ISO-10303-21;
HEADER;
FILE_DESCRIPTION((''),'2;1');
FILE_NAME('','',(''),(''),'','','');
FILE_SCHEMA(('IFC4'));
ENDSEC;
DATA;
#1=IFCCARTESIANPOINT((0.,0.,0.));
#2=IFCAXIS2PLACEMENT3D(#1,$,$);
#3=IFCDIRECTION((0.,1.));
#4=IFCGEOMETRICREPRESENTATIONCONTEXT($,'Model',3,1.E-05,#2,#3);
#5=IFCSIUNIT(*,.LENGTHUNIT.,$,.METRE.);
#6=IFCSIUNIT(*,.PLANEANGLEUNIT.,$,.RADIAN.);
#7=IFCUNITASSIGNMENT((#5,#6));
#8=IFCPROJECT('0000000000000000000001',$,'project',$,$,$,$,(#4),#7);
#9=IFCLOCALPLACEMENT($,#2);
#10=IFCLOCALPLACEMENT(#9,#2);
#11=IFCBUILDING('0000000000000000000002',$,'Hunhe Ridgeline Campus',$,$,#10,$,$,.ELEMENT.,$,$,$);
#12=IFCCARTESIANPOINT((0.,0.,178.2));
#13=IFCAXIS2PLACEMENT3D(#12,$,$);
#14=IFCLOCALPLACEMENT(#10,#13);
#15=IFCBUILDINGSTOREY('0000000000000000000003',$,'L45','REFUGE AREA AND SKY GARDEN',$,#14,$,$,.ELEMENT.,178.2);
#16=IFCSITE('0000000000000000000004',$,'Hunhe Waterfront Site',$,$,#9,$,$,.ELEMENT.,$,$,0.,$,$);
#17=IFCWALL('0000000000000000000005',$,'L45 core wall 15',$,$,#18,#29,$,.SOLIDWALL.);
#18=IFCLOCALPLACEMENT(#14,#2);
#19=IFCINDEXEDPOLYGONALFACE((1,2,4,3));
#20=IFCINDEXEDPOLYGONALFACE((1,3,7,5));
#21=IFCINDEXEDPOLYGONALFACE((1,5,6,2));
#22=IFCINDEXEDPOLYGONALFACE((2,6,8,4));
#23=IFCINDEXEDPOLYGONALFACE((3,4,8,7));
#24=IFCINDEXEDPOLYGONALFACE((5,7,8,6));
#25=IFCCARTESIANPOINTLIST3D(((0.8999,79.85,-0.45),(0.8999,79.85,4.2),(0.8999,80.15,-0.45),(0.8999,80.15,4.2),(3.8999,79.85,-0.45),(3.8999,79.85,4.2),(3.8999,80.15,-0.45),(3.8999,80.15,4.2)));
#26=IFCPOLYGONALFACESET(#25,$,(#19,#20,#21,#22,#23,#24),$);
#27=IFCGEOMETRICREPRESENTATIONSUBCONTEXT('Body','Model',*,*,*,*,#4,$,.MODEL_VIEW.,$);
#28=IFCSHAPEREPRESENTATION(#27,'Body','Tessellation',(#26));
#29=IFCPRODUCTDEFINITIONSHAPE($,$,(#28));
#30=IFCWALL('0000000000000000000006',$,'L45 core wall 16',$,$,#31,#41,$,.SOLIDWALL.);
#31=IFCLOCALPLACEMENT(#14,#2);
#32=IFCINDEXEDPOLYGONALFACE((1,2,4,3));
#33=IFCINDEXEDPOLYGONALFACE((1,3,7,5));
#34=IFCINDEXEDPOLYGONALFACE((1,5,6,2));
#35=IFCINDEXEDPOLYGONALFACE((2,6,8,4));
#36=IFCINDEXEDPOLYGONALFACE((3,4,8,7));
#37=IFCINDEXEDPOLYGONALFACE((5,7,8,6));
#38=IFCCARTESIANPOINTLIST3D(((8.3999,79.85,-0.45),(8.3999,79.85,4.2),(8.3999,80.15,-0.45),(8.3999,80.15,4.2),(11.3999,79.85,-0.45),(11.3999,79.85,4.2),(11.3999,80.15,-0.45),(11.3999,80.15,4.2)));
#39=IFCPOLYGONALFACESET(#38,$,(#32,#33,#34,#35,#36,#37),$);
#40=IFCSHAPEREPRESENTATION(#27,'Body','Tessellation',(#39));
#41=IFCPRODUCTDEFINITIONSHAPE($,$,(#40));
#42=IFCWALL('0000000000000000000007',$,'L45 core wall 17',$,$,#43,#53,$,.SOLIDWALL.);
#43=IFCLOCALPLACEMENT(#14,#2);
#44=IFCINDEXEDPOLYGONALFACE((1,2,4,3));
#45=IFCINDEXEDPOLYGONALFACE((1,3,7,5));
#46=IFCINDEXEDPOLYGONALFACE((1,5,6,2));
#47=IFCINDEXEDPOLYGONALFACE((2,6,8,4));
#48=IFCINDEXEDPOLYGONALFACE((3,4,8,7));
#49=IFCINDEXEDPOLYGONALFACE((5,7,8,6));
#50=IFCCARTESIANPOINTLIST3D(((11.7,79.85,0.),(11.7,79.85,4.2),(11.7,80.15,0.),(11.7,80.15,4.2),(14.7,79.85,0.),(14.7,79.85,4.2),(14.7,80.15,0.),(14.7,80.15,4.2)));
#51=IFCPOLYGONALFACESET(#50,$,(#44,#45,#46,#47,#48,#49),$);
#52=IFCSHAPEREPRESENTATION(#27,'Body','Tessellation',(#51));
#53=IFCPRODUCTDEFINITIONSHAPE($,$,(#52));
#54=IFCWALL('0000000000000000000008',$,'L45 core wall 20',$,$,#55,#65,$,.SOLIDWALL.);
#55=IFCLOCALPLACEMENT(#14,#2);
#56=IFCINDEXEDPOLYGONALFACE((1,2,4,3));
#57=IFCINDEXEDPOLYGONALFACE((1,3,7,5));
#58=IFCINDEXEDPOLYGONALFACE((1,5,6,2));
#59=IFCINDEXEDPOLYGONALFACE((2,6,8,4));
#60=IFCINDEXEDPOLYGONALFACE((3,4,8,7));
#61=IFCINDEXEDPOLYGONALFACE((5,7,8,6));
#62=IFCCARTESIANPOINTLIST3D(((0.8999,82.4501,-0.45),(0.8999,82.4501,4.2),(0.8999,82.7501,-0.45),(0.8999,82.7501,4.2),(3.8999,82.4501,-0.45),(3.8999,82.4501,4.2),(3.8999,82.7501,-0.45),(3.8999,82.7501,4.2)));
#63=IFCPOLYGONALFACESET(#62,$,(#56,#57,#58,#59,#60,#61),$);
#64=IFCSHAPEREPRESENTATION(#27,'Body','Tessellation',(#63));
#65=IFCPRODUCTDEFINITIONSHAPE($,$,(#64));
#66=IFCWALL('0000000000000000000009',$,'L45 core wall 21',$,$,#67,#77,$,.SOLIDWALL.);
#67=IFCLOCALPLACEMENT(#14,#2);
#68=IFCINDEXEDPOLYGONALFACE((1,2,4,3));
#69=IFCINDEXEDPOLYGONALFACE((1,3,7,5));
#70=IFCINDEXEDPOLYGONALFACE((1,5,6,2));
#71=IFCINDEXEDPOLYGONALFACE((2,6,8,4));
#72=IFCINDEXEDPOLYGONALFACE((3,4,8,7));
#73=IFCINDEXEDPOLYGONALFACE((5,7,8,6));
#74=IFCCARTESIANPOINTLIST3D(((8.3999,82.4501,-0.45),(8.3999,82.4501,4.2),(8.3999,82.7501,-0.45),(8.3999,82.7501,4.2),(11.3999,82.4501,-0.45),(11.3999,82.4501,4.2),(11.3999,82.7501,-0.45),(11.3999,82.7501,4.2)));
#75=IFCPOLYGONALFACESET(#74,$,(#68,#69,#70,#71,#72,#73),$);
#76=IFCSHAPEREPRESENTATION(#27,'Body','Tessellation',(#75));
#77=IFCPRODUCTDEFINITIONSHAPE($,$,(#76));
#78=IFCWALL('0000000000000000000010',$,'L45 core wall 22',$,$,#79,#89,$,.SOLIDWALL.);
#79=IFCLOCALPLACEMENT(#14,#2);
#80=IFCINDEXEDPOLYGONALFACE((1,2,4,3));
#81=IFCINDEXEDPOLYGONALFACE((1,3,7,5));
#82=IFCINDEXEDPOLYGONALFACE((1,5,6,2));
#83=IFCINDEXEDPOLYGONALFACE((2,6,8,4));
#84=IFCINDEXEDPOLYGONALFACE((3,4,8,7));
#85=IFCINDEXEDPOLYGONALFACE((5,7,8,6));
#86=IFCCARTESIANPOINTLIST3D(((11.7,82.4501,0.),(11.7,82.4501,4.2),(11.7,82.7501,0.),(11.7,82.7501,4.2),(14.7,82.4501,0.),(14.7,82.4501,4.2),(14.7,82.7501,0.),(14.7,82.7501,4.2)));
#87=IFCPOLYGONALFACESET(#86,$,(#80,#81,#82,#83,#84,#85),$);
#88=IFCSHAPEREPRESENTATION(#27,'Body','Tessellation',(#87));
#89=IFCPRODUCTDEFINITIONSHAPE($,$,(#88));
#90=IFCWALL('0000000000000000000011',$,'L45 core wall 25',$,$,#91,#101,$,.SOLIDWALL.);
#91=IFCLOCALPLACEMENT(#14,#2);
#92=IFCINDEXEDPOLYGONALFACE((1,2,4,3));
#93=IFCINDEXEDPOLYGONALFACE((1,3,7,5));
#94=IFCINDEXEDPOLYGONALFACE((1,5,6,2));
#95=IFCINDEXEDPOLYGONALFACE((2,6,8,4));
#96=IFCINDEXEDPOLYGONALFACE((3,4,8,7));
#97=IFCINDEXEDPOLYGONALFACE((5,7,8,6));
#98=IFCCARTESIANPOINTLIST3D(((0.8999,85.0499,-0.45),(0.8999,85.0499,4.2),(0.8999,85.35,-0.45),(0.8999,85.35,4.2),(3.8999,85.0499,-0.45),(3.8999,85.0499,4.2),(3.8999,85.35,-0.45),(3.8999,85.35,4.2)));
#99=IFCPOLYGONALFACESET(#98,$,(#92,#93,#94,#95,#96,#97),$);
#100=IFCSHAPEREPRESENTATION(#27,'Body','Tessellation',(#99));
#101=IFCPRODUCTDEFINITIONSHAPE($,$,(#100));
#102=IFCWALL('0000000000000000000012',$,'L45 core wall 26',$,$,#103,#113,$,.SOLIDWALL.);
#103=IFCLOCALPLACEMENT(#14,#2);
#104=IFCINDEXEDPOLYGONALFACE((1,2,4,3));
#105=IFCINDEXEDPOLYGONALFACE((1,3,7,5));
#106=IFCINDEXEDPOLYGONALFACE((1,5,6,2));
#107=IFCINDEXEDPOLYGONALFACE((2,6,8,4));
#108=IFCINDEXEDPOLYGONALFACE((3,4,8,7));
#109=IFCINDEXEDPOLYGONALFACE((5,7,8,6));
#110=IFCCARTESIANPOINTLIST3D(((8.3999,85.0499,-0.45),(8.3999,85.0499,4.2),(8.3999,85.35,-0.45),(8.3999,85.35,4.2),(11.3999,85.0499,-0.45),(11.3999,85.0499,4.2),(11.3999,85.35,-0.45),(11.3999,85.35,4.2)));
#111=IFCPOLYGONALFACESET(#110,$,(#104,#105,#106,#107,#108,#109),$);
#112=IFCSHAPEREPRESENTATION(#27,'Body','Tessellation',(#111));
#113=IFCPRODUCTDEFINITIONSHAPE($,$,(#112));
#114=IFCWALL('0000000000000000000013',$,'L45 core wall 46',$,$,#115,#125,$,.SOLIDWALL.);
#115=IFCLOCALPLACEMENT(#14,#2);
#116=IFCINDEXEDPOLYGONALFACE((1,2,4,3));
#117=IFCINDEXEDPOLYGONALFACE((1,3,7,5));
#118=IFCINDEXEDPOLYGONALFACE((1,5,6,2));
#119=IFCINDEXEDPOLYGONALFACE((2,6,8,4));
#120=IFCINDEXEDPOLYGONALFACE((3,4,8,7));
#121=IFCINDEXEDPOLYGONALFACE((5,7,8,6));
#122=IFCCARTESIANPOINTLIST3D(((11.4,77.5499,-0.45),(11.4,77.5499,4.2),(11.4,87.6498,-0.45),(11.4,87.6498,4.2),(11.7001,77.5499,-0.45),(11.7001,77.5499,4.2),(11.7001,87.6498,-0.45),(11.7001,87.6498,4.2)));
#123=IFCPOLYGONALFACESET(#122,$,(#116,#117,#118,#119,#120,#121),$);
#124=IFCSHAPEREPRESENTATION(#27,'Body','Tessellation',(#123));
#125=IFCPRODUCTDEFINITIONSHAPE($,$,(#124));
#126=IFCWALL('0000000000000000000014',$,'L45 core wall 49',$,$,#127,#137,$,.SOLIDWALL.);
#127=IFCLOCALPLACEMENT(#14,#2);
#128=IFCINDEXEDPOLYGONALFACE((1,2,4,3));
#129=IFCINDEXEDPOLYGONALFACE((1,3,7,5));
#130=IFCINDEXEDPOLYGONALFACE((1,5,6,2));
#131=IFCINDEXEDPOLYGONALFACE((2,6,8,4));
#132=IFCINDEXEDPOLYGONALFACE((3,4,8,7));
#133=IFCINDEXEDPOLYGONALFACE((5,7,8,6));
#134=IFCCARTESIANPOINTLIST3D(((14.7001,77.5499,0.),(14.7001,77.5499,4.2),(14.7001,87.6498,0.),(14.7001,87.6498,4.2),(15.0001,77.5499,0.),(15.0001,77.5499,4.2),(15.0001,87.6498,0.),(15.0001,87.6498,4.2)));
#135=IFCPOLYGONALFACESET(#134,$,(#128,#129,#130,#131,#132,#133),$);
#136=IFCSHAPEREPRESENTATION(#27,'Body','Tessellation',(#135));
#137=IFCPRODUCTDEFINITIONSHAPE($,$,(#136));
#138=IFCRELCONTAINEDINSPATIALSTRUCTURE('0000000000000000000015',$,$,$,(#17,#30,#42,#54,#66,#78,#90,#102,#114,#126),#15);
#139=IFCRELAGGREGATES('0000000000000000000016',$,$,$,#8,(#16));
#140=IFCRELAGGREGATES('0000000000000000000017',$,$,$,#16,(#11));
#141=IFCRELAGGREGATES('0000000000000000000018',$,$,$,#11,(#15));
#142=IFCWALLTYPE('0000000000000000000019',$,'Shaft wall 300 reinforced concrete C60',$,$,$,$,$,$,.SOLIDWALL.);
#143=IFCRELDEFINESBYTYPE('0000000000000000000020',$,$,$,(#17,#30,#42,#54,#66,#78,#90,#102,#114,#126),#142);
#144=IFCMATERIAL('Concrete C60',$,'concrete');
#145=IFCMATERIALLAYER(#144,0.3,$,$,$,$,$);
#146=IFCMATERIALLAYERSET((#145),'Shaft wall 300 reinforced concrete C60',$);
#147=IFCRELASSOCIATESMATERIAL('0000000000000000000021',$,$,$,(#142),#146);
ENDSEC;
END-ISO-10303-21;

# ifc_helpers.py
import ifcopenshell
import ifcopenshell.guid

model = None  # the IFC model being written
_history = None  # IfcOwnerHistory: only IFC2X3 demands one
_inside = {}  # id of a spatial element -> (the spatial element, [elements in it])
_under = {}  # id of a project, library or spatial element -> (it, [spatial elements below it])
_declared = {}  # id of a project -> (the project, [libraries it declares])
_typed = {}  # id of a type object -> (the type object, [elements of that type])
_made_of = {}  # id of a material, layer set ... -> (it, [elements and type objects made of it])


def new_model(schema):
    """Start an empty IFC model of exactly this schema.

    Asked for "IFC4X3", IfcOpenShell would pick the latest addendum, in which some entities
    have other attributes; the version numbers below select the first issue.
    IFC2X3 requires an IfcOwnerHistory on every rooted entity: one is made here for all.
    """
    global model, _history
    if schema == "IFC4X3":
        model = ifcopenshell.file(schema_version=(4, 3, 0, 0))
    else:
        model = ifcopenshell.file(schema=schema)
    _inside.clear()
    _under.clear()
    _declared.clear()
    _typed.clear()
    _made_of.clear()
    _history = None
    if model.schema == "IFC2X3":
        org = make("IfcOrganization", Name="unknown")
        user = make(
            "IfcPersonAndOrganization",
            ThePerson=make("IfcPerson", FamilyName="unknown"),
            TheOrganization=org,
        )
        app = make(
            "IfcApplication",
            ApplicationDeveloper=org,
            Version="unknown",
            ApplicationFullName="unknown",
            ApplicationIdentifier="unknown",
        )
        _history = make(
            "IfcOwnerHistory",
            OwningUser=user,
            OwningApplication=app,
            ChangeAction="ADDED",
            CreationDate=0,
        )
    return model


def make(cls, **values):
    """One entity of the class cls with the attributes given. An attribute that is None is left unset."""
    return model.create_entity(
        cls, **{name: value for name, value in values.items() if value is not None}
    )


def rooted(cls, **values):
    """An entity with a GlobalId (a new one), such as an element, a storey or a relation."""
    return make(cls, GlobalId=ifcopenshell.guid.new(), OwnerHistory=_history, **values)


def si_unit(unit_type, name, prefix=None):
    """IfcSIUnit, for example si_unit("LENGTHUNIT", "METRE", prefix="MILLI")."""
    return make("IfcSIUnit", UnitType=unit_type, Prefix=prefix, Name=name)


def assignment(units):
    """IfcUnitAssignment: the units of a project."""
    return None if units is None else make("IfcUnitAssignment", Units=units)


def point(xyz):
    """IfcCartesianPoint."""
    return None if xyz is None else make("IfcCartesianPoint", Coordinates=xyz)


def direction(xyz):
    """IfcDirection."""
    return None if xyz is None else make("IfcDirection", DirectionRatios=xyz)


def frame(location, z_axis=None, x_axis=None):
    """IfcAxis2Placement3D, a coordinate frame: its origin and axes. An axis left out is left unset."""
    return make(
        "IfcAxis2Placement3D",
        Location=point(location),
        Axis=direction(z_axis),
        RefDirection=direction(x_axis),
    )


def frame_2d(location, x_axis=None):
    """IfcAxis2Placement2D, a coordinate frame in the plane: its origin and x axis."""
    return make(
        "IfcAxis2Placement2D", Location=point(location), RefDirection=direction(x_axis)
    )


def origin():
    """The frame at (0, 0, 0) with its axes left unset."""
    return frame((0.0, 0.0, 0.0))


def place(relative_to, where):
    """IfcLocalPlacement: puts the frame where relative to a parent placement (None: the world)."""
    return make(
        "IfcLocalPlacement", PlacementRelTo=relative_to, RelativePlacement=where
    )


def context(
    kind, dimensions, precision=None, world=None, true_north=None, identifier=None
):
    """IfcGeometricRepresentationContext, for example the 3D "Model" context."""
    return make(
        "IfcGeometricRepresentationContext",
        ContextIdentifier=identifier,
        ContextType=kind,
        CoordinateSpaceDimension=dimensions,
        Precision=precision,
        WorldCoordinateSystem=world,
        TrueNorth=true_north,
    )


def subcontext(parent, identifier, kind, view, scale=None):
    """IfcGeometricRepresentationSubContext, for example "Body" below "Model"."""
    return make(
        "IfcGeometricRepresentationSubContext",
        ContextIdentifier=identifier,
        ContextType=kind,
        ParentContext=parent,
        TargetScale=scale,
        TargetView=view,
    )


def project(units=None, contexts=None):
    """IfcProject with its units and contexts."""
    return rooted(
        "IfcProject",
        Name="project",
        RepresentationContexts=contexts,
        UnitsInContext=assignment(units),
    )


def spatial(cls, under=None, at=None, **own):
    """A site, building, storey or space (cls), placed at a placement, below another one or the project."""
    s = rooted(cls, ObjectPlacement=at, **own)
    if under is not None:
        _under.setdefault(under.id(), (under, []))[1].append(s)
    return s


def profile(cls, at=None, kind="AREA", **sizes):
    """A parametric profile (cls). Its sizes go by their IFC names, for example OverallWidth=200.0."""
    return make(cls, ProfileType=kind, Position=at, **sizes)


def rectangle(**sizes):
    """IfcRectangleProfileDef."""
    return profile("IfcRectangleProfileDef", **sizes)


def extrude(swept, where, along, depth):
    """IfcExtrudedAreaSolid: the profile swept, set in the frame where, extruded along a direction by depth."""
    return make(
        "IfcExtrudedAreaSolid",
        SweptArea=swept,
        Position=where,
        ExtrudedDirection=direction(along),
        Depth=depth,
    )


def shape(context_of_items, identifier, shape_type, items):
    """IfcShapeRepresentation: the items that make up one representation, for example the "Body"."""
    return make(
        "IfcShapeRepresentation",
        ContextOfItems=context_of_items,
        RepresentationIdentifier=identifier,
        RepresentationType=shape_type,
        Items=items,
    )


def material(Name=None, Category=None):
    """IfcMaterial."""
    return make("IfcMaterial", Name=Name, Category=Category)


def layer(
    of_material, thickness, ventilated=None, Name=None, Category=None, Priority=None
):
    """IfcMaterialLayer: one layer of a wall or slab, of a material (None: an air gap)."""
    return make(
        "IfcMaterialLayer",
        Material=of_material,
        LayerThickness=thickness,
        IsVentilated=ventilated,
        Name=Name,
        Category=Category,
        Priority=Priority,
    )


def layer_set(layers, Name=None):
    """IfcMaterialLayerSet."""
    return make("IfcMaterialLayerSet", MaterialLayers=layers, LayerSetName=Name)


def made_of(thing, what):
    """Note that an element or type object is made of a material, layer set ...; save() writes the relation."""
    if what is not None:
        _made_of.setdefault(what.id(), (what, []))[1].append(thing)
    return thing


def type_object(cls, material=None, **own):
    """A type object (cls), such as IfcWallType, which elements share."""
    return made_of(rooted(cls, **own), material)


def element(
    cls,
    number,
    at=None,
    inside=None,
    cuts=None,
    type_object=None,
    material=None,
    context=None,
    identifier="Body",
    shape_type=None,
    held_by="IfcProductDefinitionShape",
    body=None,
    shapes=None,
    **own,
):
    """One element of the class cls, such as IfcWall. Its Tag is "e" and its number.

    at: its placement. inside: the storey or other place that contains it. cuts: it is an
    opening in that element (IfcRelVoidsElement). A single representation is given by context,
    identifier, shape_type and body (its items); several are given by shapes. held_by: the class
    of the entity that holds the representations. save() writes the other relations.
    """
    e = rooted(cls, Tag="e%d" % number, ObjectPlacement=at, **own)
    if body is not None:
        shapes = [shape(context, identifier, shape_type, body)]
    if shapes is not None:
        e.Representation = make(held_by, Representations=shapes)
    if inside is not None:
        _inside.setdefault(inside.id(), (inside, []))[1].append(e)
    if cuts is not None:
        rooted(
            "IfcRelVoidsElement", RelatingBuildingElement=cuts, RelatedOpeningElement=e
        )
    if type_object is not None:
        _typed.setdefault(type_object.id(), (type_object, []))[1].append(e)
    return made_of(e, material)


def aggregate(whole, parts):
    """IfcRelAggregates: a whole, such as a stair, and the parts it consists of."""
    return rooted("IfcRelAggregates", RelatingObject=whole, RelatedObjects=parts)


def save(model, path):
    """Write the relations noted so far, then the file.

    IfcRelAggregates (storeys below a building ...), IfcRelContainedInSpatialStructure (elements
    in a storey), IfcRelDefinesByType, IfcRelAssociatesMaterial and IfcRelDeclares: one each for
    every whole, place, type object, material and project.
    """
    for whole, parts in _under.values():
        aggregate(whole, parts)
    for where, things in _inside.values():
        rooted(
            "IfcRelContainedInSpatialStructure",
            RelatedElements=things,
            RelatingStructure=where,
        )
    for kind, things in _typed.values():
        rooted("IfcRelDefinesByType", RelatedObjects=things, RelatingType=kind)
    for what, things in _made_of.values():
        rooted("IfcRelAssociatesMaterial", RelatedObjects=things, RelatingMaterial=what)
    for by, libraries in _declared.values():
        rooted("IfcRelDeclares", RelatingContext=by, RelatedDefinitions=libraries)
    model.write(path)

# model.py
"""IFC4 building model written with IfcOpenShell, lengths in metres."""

from ifc_helpers import new_model, si_unit, direction, frame, frame_2d, origin, place, context, subcontext, project, spatial, rectangle, extrude, material, layer, layer_set, type_object, element, save


model = new_model("IFC4")

# Units and contexts
model_context = context("Model", 3, precision=1e-05, world=origin(), true_north=direction((0.0, 1.0)))
body_context = subcontext(model_context, "Body", "Model", "MODEL_VIEW")
ifc_project = project(units=[si_unit("LENGTHUNIT", "METRE"), si_unit("PLANEANGLEUNIT", "RADIAN")], contexts=[model_context])

# Site, building, storey
site_placement = place(None, origin())
site = spatial("IfcSite", under=ifc_project, at=site_placement, Name="Hunhe Waterfront Site", CompositionType="ELEMENT", RefElevation=0.0)
building_placement = place(site_placement, origin())
building = spatial("IfcBuilding", under=site, at=building_placement, Name="Hunhe Ridgeline Campus", CompositionType="ELEMENT")
storey_placement = place(building_placement, frame((0.0, 0.0, 178.2)))
storey = spatial("IfcBuildingStorey", under=building, at=storey_placement, Name="L45", Description="REFUGE AREA AND SKY GARDEN", CompositionType="ELEMENT", Elevation=178.2)

# Shared definitions
ifc_material_1 = material(Name="Concrete C60", Category="concrete")
ifc_layer = layer(ifc_material_1, 0.3)
ifc_layer_set = layer_set([ifc_layer], Name="Shaft wall 300 reinforced concrete C60")
wall_type = type_object("IfcWallType", Name="Shaft wall 300 reinforced concrete C60", PredefinedType="SOLIDWALL", material=ifc_layer_set)

# Walls
for number, where, z_axis, x_axis, name in (
    (1, (0.8999, 80.0, -0.45), (0.0, 0.0, 1.0), (1.0, 0.0, 0.0), "L45 core wall 15"),
    (2, (8.3999, 80.0, -0.45), (0.0, 0.0, 1.0), (1.0, 0.0, 0.0), "L45 core wall 16"),
):
    element("IfcWall", number, at=place(storey_placement, frame(where, z_axis=z_axis, x_axis=x_axis)), inside=storey, type_object=wall_type, Name=name, PredefinedType="SOLIDWALL", context=body_context, shape_type="SweptSolid", body=[
        extrude(rectangle(XDim=3.0, YDim=0.3, at=frame_2d((1.5, 0.0))), origin(), (0.0, 0.0, 1.0), 4.6499),
    ])
wall_1_placement = place(storey_placement, frame((11.7, 80.0, 0.0), z_axis=(0.0, 0.0, 1.0), x_axis=(1.0, 0.0, 0.0)))
element("IfcWall", 3, at=wall_1_placement, inside=storey, type_object=wall_type, Name="L45 core wall 17", PredefinedType="SOLIDWALL", context=body_context, shape_type="SweptSolid", body=[
    extrude(rectangle(XDim=3.0, YDim=0.3, at=frame_2d((1.5, 0.0))), origin(), (0.0, 0.0, 1.0), 4.2),
])
for number, where, z_axis, x_axis, name in (
    (4, (0.8999, 82.6001, -0.45), (0.0, 0.0, 1.0), (1.0, 0.0, 0.0), "L45 core wall 20"),
    (5, (8.3999, 82.6001, -0.45), (0.0, 0.0, 1.0), (1.0, 0.0, 0.0), "L45 core wall 21"),
):
    element("IfcWall", number, at=place(storey_placement, frame(where, z_axis=z_axis, x_axis=x_axis)), inside=storey, type_object=wall_type, Name=name, PredefinedType="SOLIDWALL", context=body_context, shape_type="SweptSolid", body=[
        extrude(rectangle(XDim=3.0, YDim=0.3, at=frame_2d((1.5, 0.0))), origin(), (0.0, 0.0, 1.0), 4.6499),
    ])
wall_2_placement = place(storey_placement, frame((11.7, 82.6001, 0.0), z_axis=(0.0, 0.0, 1.0), x_axis=(1.0, 0.0, 0.0)))
element("IfcWall", 6, at=wall_2_placement, inside=storey, type_object=wall_type, Name="L45 core wall 22", PredefinedType="SOLIDWALL", context=body_context, shape_type="SweptSolid", body=[
    extrude(rectangle(XDim=3.0, YDim=0.3, at=frame_2d((1.5, 0.0))), origin(), (0.0, 0.0, 1.0), 4.2),
])
for number, where, z_axis, x_axis, name in (
    (7, (0.8999, 85.2, -0.45), (0.0, 0.0, 1.0), (1.0, 0.0, 0.0), "L45 core wall 25"),
    (8, (8.3999, 85.2, -0.45), (0.0, 0.0, 1.0), (1.0, 0.0, 0.0), "L45 core wall 26"),
):
    element("IfcWall", number, at=place(storey_placement, frame(where, z_axis=z_axis, x_axis=x_axis)), inside=storey, type_object=wall_type, Name=name, PredefinedType="SOLIDWALL", context=body_context, shape_type="SweptSolid", body=[
        extrude(rectangle(XDim=3.0, YDim=0.3, at=frame_2d((1.5, 0.0))), origin(), (0.0, 0.0, 1.0), 4.6499),
    ])

# Walls
wall_3_placement = place(storey_placement, frame((11.55, 77.55, -0.45), z_axis=(0.0, 0.0, 1.0), x_axis=(0.0, 1.0, 0.0)))
element("IfcWall", 9, at=wall_3_placement, inside=storey, type_object=wall_type, Name="L45 core wall 46", PredefinedType="SOLIDWALL", context=body_context, shape_type="SweptSolid", body=[
    extrude(rectangle(XDim=10.0999, YDim=0.3, at=frame_2d((5.0498, 0.0))), origin(), (0.0, 0.0, 1.0), 4.6499),
])
wall_4_placement = place(storey_placement, frame((14.8501, 77.55, 0.0), z_axis=(0.0, 0.0, 1.0), x_axis=(0.0, 1.0, 0.0)))
element("IfcWall", 10, at=wall_4_placement, inside=storey, type_object=wall_type, Name="L45 core wall 49", PredefinedType="SOLIDWALL", context=body_context, shape_type="SweptSolid", body=[
    extrude(rectangle(XDim=10.0999, YDim=0.3, at=frame_2d((5.0498, 0.0))), origin(), (0.0, 0.0, 1.0), 4.2),
])

save(model, "model.ifc")
